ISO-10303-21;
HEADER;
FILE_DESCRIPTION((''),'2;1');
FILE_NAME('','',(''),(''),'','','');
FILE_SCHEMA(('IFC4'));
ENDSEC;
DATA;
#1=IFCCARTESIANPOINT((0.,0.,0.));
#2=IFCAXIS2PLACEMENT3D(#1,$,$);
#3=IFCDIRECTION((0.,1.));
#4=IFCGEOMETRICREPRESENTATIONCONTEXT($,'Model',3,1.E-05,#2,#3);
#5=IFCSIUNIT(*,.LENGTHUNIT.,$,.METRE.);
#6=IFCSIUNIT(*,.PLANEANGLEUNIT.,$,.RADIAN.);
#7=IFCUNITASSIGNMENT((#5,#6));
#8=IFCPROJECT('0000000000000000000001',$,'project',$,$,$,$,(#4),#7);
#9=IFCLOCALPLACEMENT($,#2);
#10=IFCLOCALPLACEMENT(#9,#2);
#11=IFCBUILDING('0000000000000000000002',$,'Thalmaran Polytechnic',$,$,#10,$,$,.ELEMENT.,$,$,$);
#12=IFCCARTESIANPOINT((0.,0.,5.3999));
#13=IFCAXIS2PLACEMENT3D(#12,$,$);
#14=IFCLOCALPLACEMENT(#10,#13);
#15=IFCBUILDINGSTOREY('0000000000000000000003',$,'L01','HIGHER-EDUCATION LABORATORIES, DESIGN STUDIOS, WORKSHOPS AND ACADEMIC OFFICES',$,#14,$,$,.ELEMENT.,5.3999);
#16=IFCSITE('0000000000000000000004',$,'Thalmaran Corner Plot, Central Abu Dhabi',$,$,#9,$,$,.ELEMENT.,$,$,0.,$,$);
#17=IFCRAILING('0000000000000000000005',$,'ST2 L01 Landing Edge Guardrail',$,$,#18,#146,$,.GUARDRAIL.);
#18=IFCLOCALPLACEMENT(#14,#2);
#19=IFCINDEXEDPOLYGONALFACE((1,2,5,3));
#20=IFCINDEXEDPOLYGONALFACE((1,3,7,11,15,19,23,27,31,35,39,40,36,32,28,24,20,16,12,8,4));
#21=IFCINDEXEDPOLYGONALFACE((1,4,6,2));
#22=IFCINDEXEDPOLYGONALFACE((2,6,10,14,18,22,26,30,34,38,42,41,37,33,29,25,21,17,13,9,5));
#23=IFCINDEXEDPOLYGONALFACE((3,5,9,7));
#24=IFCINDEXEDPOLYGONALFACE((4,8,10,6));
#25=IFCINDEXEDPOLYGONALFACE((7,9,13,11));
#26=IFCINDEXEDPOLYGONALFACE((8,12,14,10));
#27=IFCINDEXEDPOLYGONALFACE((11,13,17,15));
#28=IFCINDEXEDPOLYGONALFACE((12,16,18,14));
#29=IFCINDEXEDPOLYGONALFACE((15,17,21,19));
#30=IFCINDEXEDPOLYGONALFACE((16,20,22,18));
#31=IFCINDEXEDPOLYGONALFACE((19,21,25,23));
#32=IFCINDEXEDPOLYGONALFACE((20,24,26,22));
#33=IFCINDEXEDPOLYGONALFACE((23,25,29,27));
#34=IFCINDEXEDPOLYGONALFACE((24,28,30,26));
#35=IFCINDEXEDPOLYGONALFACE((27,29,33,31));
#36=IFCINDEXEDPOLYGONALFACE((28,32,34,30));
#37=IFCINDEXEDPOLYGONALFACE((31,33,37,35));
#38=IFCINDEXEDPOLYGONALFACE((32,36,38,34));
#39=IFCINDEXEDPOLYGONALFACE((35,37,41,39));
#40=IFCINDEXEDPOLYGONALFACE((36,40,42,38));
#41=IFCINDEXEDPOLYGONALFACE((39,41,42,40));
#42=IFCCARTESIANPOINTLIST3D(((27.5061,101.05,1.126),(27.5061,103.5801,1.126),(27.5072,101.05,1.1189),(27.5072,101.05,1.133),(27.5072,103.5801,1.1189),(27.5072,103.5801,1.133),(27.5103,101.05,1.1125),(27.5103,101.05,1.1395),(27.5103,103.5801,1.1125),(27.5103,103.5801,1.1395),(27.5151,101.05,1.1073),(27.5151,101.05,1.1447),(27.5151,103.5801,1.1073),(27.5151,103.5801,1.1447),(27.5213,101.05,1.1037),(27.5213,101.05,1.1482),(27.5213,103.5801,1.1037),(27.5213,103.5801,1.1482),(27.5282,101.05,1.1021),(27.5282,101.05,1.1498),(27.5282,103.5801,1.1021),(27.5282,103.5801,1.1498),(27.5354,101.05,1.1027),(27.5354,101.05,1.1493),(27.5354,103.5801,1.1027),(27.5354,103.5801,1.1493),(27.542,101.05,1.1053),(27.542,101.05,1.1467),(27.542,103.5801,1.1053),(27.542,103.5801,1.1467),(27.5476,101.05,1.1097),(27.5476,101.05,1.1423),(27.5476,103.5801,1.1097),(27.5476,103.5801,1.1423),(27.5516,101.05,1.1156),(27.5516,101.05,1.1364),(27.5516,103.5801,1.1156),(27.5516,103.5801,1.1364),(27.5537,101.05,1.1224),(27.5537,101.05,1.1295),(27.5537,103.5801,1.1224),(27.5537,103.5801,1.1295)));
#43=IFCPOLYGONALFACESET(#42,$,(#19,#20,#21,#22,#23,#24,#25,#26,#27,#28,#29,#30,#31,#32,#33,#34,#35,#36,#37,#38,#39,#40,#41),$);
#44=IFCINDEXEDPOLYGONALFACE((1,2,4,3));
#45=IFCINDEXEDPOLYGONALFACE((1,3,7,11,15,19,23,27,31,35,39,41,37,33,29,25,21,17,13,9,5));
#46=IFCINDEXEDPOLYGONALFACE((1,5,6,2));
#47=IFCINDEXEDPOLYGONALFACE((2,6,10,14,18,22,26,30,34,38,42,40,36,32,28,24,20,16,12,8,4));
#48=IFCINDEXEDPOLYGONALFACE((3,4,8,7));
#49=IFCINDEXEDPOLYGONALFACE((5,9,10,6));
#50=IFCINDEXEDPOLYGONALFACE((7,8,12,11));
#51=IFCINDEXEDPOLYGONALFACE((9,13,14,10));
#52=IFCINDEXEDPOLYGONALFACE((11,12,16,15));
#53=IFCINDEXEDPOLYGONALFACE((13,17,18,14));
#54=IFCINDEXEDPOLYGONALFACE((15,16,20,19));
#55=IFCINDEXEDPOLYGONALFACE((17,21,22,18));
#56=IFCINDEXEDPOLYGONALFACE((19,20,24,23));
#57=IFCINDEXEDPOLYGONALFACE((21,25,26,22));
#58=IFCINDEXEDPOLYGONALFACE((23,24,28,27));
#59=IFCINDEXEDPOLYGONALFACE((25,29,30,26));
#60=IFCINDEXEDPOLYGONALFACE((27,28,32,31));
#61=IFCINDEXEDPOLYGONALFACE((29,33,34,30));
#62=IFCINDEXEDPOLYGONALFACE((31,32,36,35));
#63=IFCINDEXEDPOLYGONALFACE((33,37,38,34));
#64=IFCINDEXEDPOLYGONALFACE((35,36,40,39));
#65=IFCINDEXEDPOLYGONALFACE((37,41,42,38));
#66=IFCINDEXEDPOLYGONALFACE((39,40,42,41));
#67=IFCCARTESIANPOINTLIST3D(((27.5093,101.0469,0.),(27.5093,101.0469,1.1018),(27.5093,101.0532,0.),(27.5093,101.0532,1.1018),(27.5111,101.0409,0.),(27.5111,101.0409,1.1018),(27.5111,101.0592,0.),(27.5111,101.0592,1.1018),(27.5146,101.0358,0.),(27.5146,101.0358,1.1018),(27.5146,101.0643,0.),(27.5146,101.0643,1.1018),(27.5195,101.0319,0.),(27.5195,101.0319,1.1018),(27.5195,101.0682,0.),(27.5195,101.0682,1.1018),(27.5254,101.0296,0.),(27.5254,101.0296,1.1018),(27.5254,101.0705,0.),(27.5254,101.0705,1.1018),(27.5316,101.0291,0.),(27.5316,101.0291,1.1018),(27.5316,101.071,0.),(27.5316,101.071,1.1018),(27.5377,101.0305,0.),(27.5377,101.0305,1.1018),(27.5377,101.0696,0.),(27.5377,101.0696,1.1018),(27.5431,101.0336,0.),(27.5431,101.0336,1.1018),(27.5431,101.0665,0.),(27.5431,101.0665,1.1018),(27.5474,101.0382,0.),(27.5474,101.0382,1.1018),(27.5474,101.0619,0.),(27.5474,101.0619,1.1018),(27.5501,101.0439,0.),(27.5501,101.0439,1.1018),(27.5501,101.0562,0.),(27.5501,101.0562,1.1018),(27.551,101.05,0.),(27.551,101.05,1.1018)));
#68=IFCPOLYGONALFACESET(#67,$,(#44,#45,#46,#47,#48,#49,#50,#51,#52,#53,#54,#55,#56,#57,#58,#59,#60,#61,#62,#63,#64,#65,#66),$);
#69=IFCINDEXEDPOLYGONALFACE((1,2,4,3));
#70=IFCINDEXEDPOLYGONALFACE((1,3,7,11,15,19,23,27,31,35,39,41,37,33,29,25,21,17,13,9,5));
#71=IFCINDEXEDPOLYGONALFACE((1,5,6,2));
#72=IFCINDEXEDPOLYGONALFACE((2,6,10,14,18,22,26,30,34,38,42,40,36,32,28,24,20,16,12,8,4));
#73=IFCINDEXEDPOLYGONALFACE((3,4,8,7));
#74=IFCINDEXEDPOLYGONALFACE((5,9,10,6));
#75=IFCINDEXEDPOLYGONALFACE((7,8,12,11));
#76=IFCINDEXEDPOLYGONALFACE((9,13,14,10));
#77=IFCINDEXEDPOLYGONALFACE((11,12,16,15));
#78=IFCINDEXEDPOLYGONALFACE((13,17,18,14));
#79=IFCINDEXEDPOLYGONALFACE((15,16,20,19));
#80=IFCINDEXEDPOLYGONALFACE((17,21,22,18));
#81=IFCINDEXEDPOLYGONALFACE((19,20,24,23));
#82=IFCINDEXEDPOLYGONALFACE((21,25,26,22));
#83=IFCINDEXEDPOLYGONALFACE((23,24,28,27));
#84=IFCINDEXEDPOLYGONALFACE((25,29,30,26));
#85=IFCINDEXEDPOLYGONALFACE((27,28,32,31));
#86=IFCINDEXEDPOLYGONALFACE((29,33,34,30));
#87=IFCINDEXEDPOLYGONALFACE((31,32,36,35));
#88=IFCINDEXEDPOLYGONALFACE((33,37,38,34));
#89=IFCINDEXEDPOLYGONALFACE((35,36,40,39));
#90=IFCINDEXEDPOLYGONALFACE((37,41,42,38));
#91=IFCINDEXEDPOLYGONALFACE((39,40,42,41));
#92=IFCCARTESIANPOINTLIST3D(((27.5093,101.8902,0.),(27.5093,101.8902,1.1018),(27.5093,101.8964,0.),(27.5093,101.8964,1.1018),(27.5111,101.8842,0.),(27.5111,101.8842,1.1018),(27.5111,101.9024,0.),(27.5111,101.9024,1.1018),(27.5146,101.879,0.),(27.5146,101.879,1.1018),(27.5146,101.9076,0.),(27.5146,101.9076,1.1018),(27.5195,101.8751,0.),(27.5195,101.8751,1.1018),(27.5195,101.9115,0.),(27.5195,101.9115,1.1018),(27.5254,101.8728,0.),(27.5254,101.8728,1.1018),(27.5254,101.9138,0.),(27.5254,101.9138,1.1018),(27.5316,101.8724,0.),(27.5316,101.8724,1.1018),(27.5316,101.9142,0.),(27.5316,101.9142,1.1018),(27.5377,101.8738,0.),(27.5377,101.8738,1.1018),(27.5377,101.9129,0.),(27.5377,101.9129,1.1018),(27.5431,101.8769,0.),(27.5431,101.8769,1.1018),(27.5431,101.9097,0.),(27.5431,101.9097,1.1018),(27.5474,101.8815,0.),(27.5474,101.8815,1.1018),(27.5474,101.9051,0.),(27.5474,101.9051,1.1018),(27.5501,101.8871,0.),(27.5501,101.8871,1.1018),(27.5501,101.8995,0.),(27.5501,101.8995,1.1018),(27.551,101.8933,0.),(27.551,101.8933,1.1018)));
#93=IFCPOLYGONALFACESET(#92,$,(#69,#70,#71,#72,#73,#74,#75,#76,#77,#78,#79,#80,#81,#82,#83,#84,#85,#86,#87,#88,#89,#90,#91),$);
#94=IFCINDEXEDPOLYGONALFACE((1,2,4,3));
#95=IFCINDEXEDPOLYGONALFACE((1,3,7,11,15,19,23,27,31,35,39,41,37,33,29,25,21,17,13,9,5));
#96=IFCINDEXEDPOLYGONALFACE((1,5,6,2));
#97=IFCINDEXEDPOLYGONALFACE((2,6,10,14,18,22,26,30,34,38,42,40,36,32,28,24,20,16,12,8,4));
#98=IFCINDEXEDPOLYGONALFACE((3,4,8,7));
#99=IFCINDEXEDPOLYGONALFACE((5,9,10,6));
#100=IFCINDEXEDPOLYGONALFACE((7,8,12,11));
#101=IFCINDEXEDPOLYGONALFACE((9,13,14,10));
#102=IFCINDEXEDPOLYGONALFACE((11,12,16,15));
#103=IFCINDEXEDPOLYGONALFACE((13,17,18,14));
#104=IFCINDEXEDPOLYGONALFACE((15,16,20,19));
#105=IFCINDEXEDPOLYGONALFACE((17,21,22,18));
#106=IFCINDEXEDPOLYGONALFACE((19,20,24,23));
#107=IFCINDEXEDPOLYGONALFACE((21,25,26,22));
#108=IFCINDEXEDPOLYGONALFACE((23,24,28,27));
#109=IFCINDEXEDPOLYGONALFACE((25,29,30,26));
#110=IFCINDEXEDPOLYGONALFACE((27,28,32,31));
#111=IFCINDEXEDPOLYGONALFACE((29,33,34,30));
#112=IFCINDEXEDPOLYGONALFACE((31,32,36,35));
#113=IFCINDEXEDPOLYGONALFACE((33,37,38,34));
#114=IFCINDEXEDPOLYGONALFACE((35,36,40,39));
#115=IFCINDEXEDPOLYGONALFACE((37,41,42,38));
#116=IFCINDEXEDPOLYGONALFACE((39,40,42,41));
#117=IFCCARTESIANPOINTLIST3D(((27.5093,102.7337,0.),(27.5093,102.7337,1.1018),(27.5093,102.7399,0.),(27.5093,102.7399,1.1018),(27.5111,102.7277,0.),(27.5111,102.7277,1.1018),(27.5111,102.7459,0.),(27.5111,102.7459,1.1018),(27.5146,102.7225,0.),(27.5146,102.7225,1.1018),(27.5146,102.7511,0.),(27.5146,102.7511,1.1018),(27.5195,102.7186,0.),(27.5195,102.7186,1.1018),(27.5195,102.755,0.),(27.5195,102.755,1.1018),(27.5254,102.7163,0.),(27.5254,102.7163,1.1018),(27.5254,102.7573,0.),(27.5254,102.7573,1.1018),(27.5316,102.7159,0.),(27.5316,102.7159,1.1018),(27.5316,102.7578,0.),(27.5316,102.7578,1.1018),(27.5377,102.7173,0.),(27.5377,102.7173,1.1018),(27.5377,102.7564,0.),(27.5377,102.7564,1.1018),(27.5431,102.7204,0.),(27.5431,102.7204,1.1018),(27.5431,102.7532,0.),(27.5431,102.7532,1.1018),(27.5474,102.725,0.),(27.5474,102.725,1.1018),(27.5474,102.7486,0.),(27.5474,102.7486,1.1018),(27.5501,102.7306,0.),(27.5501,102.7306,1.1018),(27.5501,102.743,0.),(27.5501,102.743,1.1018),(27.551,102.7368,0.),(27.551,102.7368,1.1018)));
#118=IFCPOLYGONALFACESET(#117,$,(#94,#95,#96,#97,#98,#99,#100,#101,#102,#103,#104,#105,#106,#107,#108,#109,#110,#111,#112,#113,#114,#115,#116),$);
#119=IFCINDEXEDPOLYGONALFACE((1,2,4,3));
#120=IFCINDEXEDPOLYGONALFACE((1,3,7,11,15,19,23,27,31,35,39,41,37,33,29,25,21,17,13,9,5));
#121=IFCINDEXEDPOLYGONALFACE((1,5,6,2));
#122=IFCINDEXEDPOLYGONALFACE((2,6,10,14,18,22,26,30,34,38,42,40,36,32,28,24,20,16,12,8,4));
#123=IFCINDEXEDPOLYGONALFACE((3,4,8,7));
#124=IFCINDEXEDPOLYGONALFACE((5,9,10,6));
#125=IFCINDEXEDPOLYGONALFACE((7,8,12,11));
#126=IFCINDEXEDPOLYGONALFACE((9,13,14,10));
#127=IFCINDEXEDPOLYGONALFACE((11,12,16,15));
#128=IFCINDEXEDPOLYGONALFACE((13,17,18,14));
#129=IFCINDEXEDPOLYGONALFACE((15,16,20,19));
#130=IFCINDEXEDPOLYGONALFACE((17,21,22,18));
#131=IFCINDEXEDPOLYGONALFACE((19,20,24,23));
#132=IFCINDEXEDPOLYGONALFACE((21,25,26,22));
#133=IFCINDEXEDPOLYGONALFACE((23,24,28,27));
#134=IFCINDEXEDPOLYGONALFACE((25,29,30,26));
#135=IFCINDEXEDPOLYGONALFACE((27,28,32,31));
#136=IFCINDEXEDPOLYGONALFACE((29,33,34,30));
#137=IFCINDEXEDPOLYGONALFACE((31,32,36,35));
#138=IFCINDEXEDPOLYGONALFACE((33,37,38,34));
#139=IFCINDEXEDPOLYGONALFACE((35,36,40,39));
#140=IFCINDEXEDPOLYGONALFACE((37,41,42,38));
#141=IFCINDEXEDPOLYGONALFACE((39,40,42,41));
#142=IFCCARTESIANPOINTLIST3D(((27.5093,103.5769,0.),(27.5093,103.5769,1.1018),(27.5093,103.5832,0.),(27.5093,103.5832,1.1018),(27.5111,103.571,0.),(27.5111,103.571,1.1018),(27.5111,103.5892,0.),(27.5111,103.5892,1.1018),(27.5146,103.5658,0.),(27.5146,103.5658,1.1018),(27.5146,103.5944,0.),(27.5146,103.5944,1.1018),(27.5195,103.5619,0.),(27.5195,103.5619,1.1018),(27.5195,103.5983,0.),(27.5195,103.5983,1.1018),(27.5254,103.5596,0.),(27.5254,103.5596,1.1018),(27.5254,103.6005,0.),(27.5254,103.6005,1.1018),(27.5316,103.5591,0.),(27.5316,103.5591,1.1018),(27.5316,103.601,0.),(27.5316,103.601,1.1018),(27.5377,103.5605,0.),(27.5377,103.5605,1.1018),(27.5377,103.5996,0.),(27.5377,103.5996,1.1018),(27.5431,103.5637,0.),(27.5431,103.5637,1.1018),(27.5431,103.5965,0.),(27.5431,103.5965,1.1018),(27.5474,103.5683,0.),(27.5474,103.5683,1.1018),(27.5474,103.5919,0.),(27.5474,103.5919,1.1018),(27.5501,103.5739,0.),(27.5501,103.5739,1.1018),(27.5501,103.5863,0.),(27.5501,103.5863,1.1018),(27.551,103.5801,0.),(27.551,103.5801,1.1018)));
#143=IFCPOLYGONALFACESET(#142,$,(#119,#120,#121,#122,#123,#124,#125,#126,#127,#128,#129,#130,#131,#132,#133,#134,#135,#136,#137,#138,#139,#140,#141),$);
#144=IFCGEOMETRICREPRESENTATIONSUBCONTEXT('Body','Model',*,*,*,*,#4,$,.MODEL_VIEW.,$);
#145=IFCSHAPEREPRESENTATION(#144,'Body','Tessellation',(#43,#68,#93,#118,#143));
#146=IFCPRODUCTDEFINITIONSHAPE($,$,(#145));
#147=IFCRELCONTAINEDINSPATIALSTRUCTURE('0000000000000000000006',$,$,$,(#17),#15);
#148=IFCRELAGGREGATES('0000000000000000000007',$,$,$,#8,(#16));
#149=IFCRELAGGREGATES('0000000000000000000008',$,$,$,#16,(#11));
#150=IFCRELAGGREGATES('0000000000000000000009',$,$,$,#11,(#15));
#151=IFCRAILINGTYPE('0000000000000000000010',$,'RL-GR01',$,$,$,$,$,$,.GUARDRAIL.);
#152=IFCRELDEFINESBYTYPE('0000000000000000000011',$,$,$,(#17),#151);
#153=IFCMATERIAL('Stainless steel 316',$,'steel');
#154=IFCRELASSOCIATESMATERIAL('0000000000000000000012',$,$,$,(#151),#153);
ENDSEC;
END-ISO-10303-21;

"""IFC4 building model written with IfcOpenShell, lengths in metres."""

from ifc_helpers import new_model, si_unit, direction, frame, origin, origin_2d, place, context, subcontext, project, spatial, circle, extrude, material, type_object, element, save


model = new_model("IFC4")

# Units and contexts
model_context = context("Model", 3, precision=1e-05, world=origin(), true_north=direction((0.0, 1.0)))
body_context = subcontext(model_context, "Body", "Model", "MODEL_VIEW")
ifc_project = project(units=[si_unit("LENGTHUNIT", "METRE"), si_unit("PLANEANGLEUNIT", "RADIAN")], contexts=[model_context])

# Site, building, storey
site_placement = place(None, origin())
site = spatial("IfcSite", under=ifc_project, at=site_placement, Name="Thalmaran Corner Plot, Central Abu Dhabi", CompositionType="ELEMENT", RefElevation=0.0)
building_placement = place(site_placement, origin())
building = spatial("IfcBuilding", under=site, at=building_placement, Name="Thalmaran Polytechnic", CompositionType="ELEMENT")
storey_placement = place(building_placement, frame((0.0, 0.0, 5.3999)))
storey = spatial("IfcBuildingStorey", under=building, at=storey_placement, Name="L01", Description="HIGHER-EDUCATION LABORATORIES, DESIGN STUDIOS, WORKSHOPS AND ACADEMIC OFFICES", CompositionType="ELEMENT", Elevation=5.3999)

# Railing
ifc_material_1 = material(Name="Stainless steel 316", Category="steel")
railing_type_1 = type_object("IfcRailingType", Name="RL-GR01", PredefinedType="GUARDRAIL", material=ifc_material_1)
railing_1_placement = place(storey_placement, frame((27.53, 101.05, 0.0)))
element("IfcRailing", 1, at=railing_1_placement, inside=storey, type_object=railing_type_1, Name="ST2 L01 Landing Edge Guardrail", PredefinedType="GUARDRAIL", context=body_context, shape_type="SweptSolid", body=[
    extrude(circle(Radius=0.0239, at=origin_2d()), frame((0.0, 0.0, 1.126), z_axis=(0.0, 1.0, 0.0), x_axis=(-1.0, 0.0, 0.0)), (0.0, 0.0, 1.0), 2.53),
    extrude(circle(Radius=0.021, at=origin_2d()), origin(), (0.0, 0.0, 1.0), 1.1018),
    extrude(circle(Radius=0.021, at=origin_2d()), frame((0.0, 0.8433, 0.0)), (0.0, 0.0, 1.0), 1.1018),
    extrude(circle(Radius=0.021, at=origin_2d()), frame((0.0, 1.6868, 0.0)), (0.0, 0.0, 1.0), 1.1018),
    extrude(circle(Radius=0.021, at=origin_2d()), frame((0.0, 2.53, 0.0)), (0.0, 0.0, 1.0), 1.1018),
])

save(model, "model.ifc")
